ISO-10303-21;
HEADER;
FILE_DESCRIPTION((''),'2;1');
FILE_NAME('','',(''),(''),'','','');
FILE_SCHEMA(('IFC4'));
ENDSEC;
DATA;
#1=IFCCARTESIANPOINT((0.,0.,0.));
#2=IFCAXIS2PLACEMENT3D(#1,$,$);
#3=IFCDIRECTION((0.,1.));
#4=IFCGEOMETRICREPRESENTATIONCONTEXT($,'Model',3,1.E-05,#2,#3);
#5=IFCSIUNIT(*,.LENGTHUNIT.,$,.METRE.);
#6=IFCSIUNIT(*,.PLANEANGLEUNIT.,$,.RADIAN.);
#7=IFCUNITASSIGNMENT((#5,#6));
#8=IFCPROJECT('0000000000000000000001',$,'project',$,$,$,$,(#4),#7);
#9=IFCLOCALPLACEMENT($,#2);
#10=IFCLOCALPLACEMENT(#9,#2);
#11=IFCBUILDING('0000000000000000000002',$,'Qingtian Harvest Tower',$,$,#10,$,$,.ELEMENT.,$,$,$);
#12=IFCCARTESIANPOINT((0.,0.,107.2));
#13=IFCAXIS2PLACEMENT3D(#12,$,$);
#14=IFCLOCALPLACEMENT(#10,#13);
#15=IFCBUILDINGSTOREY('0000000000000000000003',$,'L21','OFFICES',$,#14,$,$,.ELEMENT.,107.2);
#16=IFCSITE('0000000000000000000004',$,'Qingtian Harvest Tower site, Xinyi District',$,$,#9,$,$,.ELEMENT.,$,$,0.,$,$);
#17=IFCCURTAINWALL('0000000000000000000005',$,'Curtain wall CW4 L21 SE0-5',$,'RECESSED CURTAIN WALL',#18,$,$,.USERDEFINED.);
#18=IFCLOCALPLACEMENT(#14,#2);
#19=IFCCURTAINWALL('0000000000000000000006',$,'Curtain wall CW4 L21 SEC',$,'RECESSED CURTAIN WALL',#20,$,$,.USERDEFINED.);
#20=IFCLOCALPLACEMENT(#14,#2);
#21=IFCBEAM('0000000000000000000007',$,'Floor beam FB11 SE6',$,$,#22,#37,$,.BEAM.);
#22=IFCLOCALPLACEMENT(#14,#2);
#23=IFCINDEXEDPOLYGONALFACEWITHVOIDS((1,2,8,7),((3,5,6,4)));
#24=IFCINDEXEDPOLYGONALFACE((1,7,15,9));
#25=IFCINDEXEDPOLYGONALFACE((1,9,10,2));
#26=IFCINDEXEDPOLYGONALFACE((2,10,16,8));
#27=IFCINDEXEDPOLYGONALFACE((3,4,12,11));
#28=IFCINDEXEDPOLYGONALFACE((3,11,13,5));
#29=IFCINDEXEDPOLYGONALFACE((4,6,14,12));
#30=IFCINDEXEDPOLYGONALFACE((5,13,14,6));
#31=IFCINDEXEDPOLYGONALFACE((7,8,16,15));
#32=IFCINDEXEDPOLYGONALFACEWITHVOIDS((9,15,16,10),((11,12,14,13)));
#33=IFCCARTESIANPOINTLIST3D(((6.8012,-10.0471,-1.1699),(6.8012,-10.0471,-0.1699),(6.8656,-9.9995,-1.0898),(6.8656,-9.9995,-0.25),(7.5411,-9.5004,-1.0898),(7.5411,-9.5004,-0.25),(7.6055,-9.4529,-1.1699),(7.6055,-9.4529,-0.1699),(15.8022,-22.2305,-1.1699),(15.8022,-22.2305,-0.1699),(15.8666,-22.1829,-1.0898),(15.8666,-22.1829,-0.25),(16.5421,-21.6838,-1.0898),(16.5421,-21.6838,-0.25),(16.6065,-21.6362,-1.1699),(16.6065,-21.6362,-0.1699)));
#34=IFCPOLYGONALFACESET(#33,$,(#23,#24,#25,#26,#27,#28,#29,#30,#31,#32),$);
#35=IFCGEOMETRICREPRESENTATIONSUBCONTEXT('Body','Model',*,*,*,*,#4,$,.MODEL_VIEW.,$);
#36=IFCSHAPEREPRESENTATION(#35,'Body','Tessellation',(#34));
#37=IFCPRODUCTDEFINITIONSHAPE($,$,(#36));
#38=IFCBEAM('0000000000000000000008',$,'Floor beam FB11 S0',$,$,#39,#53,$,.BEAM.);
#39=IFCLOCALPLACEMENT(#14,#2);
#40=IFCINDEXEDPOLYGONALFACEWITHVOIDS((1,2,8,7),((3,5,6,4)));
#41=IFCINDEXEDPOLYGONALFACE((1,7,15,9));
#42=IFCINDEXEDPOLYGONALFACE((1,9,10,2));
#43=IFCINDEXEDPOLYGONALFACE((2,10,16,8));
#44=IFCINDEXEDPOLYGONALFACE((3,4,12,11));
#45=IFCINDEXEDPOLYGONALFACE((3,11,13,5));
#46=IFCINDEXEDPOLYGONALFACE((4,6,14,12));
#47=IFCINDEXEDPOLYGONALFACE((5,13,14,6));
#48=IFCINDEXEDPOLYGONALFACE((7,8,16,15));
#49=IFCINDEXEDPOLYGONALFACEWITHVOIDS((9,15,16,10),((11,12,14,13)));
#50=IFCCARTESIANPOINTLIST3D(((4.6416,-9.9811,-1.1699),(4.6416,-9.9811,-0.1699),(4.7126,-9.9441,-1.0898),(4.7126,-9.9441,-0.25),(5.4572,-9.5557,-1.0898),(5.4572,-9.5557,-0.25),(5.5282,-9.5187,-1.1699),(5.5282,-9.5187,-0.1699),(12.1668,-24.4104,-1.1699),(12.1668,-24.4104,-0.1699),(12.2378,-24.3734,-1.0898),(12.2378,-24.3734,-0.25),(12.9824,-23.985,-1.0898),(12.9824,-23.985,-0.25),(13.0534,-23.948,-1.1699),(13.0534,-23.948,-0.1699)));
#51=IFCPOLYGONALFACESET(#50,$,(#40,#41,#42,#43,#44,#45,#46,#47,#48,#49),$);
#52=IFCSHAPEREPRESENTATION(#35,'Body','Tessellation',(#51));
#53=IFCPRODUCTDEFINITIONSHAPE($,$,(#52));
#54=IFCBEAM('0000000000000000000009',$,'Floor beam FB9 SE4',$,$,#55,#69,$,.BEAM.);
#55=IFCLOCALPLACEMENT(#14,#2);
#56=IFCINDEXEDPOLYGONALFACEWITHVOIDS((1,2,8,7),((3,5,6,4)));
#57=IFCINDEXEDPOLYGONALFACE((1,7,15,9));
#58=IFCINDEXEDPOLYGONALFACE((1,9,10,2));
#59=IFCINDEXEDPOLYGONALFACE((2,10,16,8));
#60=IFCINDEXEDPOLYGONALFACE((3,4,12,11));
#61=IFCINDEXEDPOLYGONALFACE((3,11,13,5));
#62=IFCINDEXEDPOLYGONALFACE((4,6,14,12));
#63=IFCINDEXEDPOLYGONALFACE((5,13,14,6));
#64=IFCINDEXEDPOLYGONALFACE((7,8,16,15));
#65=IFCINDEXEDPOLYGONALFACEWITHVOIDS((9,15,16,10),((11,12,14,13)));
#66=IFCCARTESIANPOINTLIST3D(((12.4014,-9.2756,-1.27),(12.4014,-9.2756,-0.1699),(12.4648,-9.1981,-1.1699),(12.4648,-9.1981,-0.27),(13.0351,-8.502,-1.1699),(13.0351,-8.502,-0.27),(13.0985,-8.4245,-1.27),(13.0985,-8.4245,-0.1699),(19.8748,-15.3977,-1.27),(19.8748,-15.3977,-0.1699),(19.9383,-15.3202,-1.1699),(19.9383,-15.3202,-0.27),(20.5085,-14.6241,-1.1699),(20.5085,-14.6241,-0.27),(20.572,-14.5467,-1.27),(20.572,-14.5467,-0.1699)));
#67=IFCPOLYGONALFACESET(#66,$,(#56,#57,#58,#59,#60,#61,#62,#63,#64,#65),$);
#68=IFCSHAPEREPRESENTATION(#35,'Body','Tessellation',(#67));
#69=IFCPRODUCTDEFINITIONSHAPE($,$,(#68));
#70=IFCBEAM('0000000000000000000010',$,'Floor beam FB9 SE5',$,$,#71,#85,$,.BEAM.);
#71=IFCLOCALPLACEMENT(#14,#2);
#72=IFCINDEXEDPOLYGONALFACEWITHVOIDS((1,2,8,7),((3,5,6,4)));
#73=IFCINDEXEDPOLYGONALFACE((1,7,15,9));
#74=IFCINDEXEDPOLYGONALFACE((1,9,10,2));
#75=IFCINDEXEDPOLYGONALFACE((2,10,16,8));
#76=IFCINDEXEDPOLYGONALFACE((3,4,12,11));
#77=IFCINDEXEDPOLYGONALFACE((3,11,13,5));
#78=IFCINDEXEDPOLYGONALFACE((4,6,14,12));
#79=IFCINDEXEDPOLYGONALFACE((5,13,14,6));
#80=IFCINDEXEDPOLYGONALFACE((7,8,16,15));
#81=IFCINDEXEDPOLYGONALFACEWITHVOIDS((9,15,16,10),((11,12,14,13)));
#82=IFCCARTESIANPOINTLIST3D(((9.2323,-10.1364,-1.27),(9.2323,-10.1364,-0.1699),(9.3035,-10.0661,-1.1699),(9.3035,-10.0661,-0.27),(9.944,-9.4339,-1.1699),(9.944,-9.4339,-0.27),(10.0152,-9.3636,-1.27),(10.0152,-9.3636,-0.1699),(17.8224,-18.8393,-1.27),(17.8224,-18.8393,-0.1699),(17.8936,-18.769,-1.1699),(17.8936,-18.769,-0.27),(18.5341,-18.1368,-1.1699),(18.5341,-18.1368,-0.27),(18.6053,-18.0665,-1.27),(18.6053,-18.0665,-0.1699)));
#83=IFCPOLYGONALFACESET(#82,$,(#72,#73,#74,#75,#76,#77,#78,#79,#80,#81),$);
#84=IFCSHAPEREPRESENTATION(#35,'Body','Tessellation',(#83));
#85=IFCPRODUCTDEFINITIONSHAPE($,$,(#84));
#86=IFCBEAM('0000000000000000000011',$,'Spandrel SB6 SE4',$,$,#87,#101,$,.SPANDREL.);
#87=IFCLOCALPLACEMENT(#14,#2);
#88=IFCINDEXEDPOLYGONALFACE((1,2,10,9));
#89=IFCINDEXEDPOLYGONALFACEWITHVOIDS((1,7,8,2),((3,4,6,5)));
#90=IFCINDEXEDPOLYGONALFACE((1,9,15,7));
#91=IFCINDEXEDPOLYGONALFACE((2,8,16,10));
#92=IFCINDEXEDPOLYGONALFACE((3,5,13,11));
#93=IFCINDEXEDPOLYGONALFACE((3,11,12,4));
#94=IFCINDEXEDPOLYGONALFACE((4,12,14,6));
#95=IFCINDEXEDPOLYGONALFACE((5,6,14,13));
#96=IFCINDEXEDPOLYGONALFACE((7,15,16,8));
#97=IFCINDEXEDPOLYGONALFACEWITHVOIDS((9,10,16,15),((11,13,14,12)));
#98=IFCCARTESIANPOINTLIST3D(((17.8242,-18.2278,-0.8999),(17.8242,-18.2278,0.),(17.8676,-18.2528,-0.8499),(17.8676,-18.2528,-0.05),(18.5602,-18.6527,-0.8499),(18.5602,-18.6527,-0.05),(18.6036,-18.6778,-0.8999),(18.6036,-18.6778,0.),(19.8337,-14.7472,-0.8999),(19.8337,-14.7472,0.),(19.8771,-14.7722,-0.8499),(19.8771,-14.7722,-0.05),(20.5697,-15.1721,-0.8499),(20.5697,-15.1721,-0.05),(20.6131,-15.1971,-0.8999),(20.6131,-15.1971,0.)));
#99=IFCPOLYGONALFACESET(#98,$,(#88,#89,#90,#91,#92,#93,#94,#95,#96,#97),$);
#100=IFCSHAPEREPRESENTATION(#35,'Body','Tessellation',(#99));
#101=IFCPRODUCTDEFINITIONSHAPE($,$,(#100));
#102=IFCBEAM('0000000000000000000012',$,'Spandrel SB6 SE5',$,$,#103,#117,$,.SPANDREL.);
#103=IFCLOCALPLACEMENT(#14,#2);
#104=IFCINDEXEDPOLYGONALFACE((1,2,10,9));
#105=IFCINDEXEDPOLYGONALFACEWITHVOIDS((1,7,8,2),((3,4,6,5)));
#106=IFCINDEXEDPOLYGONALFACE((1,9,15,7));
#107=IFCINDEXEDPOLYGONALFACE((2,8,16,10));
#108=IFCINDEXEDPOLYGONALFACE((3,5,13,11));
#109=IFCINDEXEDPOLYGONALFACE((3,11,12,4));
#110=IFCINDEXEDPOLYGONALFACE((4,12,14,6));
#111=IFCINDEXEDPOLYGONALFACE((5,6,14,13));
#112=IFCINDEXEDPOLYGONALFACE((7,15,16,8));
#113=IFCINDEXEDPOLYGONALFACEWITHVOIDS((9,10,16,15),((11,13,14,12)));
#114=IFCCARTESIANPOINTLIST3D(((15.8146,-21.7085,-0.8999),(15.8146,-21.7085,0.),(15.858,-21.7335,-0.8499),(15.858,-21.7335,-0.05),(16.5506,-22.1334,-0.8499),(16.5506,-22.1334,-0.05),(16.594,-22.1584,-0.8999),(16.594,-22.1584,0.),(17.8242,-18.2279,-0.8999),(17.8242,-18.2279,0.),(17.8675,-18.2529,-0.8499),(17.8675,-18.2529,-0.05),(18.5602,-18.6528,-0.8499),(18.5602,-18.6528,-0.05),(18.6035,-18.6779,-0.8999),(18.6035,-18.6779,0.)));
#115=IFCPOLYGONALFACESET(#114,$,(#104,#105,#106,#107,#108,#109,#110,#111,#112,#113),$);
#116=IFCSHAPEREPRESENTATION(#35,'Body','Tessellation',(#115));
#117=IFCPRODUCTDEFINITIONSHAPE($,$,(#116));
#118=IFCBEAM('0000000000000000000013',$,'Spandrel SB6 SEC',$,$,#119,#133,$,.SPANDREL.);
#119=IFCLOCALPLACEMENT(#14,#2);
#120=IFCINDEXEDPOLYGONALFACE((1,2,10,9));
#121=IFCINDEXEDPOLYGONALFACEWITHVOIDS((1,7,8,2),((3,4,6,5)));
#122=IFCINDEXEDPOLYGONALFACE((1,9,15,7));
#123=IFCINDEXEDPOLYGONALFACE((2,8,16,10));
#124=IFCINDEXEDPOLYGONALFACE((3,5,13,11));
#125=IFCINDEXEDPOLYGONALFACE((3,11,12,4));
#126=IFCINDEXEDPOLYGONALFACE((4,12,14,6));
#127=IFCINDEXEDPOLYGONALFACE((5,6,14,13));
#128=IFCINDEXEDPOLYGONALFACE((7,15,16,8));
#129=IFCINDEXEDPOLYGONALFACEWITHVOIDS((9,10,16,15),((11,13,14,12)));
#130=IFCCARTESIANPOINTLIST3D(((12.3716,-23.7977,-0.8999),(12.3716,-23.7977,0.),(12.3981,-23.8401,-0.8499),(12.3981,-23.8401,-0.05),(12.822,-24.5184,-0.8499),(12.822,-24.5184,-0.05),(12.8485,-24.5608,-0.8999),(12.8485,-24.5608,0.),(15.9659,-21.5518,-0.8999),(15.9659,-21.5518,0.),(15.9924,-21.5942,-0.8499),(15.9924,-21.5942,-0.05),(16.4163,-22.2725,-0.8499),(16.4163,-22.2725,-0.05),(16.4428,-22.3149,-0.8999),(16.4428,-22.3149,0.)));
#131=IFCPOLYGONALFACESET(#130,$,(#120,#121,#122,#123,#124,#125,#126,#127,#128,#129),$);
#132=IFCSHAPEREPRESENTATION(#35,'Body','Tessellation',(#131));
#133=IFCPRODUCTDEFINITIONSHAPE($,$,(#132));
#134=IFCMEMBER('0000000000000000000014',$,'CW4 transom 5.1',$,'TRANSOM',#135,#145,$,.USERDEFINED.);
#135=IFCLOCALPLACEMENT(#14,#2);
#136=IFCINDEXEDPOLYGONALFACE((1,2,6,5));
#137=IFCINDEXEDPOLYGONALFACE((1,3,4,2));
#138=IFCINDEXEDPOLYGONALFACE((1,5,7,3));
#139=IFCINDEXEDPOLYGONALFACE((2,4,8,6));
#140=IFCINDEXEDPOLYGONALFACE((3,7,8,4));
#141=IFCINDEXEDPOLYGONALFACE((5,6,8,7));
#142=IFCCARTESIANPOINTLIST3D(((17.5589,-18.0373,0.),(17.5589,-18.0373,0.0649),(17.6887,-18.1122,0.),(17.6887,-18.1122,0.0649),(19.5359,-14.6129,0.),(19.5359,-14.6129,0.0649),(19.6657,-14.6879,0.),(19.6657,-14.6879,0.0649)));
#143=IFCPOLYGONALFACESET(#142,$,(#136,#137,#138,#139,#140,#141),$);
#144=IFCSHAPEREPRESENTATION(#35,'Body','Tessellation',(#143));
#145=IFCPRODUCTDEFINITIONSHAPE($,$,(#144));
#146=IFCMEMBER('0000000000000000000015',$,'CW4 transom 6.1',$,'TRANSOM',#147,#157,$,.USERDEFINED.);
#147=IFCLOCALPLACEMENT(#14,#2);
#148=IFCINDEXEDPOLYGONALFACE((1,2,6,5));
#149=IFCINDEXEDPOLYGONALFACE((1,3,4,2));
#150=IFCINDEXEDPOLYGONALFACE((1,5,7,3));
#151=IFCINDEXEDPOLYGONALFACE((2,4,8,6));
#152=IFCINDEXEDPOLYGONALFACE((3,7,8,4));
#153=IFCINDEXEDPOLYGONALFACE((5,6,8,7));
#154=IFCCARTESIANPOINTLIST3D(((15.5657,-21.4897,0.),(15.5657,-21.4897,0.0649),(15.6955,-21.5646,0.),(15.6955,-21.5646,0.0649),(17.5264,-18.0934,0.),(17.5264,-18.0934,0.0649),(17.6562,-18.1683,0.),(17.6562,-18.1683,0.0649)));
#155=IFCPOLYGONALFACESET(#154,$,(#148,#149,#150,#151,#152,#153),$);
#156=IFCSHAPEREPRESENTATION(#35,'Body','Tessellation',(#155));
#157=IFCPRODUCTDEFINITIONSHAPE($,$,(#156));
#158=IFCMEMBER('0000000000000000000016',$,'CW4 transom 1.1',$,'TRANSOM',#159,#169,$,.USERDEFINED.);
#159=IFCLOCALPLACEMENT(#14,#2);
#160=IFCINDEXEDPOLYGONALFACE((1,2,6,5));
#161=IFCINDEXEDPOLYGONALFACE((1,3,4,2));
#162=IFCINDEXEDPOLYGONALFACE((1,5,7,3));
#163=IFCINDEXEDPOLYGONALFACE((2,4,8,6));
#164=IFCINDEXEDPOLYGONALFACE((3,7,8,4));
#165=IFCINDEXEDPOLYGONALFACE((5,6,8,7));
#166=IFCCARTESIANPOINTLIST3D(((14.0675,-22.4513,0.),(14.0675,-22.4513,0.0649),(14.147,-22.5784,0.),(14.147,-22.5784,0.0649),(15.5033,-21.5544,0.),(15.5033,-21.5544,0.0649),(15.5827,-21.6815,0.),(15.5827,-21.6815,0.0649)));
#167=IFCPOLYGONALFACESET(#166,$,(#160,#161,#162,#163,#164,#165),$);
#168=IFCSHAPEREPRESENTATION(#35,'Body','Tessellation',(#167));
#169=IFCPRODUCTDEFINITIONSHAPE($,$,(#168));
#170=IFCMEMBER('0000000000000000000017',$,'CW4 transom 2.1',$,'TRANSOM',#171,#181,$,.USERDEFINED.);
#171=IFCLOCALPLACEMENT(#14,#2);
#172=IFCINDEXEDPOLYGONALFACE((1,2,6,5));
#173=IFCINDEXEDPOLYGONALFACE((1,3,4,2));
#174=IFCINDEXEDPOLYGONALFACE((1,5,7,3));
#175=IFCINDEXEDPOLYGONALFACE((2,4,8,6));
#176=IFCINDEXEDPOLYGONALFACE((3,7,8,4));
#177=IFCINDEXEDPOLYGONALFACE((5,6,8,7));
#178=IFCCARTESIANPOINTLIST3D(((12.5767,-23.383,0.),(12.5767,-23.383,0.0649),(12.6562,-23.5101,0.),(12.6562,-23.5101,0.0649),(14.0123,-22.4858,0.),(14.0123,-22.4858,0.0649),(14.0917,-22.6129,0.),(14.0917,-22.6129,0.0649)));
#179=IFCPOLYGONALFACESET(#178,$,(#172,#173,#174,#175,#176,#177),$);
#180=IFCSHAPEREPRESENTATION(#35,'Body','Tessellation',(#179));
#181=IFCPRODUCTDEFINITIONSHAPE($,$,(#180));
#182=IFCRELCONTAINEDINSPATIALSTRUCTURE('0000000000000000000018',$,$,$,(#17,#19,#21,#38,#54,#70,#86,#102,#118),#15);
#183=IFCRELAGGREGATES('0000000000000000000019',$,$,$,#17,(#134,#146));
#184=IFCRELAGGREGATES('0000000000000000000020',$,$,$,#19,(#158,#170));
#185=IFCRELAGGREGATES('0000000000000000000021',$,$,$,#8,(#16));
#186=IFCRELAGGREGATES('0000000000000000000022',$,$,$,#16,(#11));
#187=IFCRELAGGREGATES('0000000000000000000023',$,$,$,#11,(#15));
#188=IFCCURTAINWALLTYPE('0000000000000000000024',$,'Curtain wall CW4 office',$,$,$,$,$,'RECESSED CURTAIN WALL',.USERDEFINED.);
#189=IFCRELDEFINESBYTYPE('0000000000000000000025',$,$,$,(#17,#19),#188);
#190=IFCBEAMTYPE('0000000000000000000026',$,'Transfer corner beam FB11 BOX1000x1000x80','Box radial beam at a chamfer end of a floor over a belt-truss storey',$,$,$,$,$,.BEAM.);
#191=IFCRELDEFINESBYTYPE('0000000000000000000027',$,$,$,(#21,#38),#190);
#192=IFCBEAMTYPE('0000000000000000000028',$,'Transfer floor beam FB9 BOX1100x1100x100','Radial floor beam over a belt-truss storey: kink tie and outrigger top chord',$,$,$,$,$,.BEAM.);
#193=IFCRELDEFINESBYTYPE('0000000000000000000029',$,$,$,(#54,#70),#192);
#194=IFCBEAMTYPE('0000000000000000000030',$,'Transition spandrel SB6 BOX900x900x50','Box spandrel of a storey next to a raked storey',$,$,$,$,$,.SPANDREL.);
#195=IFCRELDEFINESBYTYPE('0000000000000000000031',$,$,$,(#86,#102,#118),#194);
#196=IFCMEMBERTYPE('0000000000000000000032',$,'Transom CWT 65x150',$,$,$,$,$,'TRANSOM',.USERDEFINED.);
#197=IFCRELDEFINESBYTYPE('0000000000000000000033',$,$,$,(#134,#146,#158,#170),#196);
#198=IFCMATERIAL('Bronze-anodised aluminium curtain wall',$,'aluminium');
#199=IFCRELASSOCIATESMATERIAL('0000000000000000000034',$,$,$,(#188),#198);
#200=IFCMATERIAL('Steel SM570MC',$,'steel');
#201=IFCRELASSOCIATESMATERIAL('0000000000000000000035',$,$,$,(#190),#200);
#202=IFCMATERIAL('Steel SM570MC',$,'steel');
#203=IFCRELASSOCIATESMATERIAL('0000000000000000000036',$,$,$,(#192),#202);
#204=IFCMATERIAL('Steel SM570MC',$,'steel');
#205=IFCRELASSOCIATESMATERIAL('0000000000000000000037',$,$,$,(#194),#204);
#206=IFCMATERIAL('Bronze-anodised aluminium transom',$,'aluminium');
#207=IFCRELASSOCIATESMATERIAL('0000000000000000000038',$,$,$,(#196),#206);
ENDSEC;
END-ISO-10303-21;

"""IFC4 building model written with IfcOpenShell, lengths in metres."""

from ifc_helpers import new_model, si_unit, direction, frame, origin, origin_2d, place, context, subcontext, project, spatial, rectangle, hollow_rectangle, extrude, material, material_profile, profile_set, type_object, element, aggregate, save


model = new_model("IFC4")

# Units and contexts
model_context = context("Model", 3, precision=1e-05, world=origin(), true_north=direction((0.0, 1.0)))
body_context = subcontext(model_context, "Body", "Model", "MODEL_VIEW")
ifc_project = project(units=[si_unit("LENGTHUNIT", "METRE"), si_unit("PLANEANGLEUNIT", "RADIAN")], contexts=[model_context])

# Site, building, storey
site_placement = place(None, origin())
site = spatial("IfcSite", under=ifc_project, at=site_placement, Name="Qingtian Harvest Tower site, Xinyi District", CompositionType="ELEMENT", RefElevation=0.0)
building_placement = place(site_placement, origin())
building = spatial("IfcBuilding", under=site, at=building_placement, Name="Qingtian Harvest Tower", CompositionType="ELEMENT")
storey_placement = place(building_placement, frame((0.0, 0.0, 107.2)))
storey = spatial("IfcBuildingStorey", under=building, at=storey_placement, Name="L21", Description="OFFICES", CompositionType="ELEMENT", Elevation=107.2)

# Curtain walls
ifc_material_1 = material(Name="Bronze-anodised aluminium curtain wall", Category="aluminium")
curtain_wall_type = type_object("IfcCurtainWallType", Name="Curtain wall CW4 office", ElementType="RECESSED CURTAIN WALL", PredefinedType="USERDEFINED", material=ifc_material_1)
curtain_wall_1_placement = place(storey_placement, origin())
curtain_wall_1 = element("IfcCurtainWall", 1, at=curtain_wall_1_placement, inside=storey, type_object=curtain_wall_type, Name="Curtain wall CW4 L21 SE0-5", ObjectType="RECESSED CURTAIN WALL", PredefinedType="USERDEFINED")
curtain_wall_2_placement = place(storey_placement, origin())
curtain_wall_2 = element("IfcCurtainWall", 2, at=curtain_wall_2_placement, inside=storey, type_object=curtain_wall_type, Name="Curtain wall CW4 L21 SEC", ObjectType="RECESSED CURTAIN WALL", PredefinedType="USERDEFINED")

# Beams
ifc_material_2 = material(Name="Steel SM570MC", Category="steel")
ifc_material_profile_1 = material_profile(ifc_material_2, hollow_rectangle(XDim=1.0, YDim=1.0, WallThickness=0.0801, at=origin_2d()), Name="BOX1000x1000x80")
ifc_profile_set_1 = profile_set([ifc_material_profile_1], Name="Steel SM570MC")
beam_type_1 = type_object("IfcBeamType", Name="Transfer corner beam FB11 BOX1000x1000x80", Description="Box radial beam at a chamfer end of a floor over a belt-truss storey", PredefinedType="BEAM", material=ifc_profile_set_1)
beam_1_placement = place(storey_placement, frame((16.2043, -21.9333, -0.6699), z_axis=(-0.594216, 0.804306, 0.0), x_axis=(-0.804306, -0.594216, 0.0)))
element("IfcBeam", 3, at=beam_1_placement, inside=storey, type_object=beam_type_1, Name="Floor beam FB11 SE6", PredefinedType="BEAM", context=body_context, shape_type="SweptSolid", body=[
    extrude(hollow_rectangle(XDim=1.0, YDim=1.0, WallThickness=0.0801, at=origin_2d()), origin(), (0.0, 0.0, 1.0), 15.1477),
])
beam_2_placement = place(storey_placement, frame((12.6101, -24.1792, -0.6699), z_axis=(-0.462415, 0.886664, 0.0), x_axis=(-0.886664, -0.462415, 0.0)))
element("IfcBeam", 4, at=beam_2_placement, inside=storey, type_object=beam_type_1, Name="Floor beam FB11 S0", PredefinedType="BEAM", context=body_context, shape_type="SweptSolid", body=[
    extrude(hollow_rectangle(XDim=1.0, YDim=1.0, WallThickness=0.0801, at=origin_2d()), origin(), (0.0, 0.0, 1.0), 16.2737),
])
ifc_material_3 = material(Name="Steel SM570MC", Category="steel")
ifc_material_profile_2 = material_profile(ifc_material_3, hollow_rectangle(XDim=1.1001, YDim=1.1001, WallThickness=0.1001, at=origin_2d()), Name="BOX1100x1100x100")
ifc_profile_set_2 = profile_set([ifc_material_profile_2], Name="Steel SM570MC")
beam_type_2 = type_object("IfcBeamType", Name="Transfer floor beam FB9 BOX1100x1100x100", Description="Radial floor beam over a belt-truss storey: kink tie and outrigger top chord", PredefinedType="BEAM", material=ifc_profile_set_2)
beam_3_placement = place(storey_placement, frame((20.2234, -14.9722, -0.72), z_axis=(-0.773578, 0.633701, 0.0), x_axis=(-0.633701, -0.773578, 0.0)))
element("IfcBeam", 5, at=beam_3_placement, inside=storey, type_object=beam_type_2, Name="Floor beam FB9 SE4", PredefinedType="BEAM", context=body_context, shape_type="SweptSolid", body=[
    extrude(hollow_rectangle(XDim=1.1001, YDim=1.1001, WallThickness=0.1001, at=origin_2d()), origin(), (0.0, 0.0, 1.0), 9.6609),
])
beam_4_placement = place(storey_placement, frame((18.2139, -18.4529, -0.72), z_axis=(-0.70248, 0.711704, 0.0), x_axis=(-0.711704, -0.70248, 0.0)))
element("IfcBeam", 6, at=beam_4_placement, inside=storey, type_object=beam_type_2, Name="Floor beam FB9 SE5", PredefinedType="BEAM", context=body_context, shape_type="SweptSolid", body=[
    extrude(hollow_rectangle(XDim=1.1001, YDim=1.1001, WallThickness=0.1001, at=origin_2d()), origin(), (0.0, 0.0, 1.0), 12.2283),
])
ifc_material_4 = material(Name="Steel SM570MC", Category="steel")
ifc_material_profile_3 = material_profile(ifc_material_4, hollow_rectangle(XDim=0.8999, YDim=0.8999, WallThickness=0.05, at=origin_2d()), Name="BOX900x900x50")
ifc_profile_set_3 = profile_set([ifc_material_profile_3], Name="Steel SM570MC")
beam_type_3 = type_object("IfcBeamType", Name="Transition spandrel SB6 BOX900x900x50", Description="Box spandrel of a storey next to a raked storey", PredefinedType="SPANDREL", material=ifc_profile_set_3)
for number, where, z_axis, x_axis, name in (
    (7, (20.2234, -14.9722, -0.45), (-0.499987, -0.866033, 0.0), (0.866033, -0.499987, 0.0), "Spandrel SB6 SE4"),
    (8, (18.2139, -18.4529, -0.45), (-0.500013, -0.866018, 0.0), (0.866018, -0.500013, 0.0), "Spandrel SB6 SE5"),
):
    element("IfcBeam", number, at=place(storey_placement, frame(where, z_axis=z_axis, x_axis=x_axis)), inside=storey, type_object=beam_type_3, Name=name, PredefinedType="SPANDREL", context=body_context, shape_type="SweptSolid", body=[
        extrude(hollow_rectangle(XDim=0.8999, YDim=0.8999, WallThickness=0.05, at=origin_2d()), origin(), (0.0, 0.0, 1.0), 4.019),
    ])
beam_5_placement = place(storey_placement, frame((16.2043, -21.9333, -0.45), z_axis=(-0.848057, -0.529906, 0.0), x_axis=(0.529906, -0.848057, 0.0)))
element("IfcBeam", 9, at=beam_5_placement, inside=storey, type_object=beam_type_3, Name="Spandrel SB6 SEC", PredefinedType="SPANDREL", context=body_context, shape_type="SweptSolid", body=[
    extrude(hollow_rectangle(XDim=0.8999, YDim=0.8999, WallThickness=0.05, at=origin_2d()), origin(), (0.0, 0.0, 1.0), 4.2383),
])

# Members
ifc_material_5 = material(Name="Bronze-anodised aluminium transom", Category="aluminium")
ifc_material_profile_4 = material_profile(ifc_material_5, rectangle(XDim=0.1499, YDim=0.0649, at=origin_2d()), Name="AL 65x150")
ifc_profile_set_4 = profile_set([ifc_material_profile_4], Name="Bronze-anodised aluminium transom")
member_type_1 = type_object("IfcMemberType", Name="Transom CWT 65x150", ElementType="TRANSOM", PredefinedType="USERDEFINED", material=ifc_profile_set_4)
member_1_placement = place(storey_placement, frame((19.6008, -14.6504, 0.0325), z_axis=(-0.500004, -0.866023, 0.0), x_axis=(0.866023, -0.500004, 0.0)))
member_1 = element("IfcMember", 10, at=member_1_placement, type_object=member_type_1, Name="CW4 transom 5.1", ObjectType="TRANSOM", PredefinedType="USERDEFINED", context=body_context, shape_type="SweptSolid", body=[
    extrude(rectangle(XDim=0.1499, YDim=0.0649, at=origin_2d()), origin(), (0.0, 0.0, 1.0), 3.9541),
])
member_2_placement = place(storey_placement, frame((17.5913, -18.1309, 0.0325), z_axis=(-0.499976, -0.866039, 0.0), x_axis=(0.866039, -0.499976, 0.0)))
member_2 = element("IfcMember", 11, at=member_2_placement, type_object=member_type_1, Name="CW4 transom 6.1", ObjectType="TRANSOM", PredefinedType="USERDEFINED", context=body_context, shape_type="SweptSolid", body=[
    extrude(rectangle(XDim=0.1499, YDim=0.0649, at=origin_2d()), origin(), (0.0, 0.0, 1.0), 3.9216),
])
member_3_placement = place(storey_placement, frame((15.543, -21.6179, 0.0325), z_axis=(-0.848104, -0.52983, 0.0), x_axis=(0.52983, -0.848104, 0.0)))
member_3 = element("IfcMember", 12, at=member_3_placement, type_object=member_type_1, Name="CW4 transom 1.1", ObjectType="TRANSOM", PredefinedType="USERDEFINED", context=body_context, shape_type="SweptSolid", body=[
    extrude(rectangle(XDim=0.1499, YDim=0.0649, at=origin_2d()), origin(), (0.0, 0.0, 1.0), 1.6929),
])
member_4_placement = place(storey_placement, frame((14.052, -22.5493, 0.0325), z_axis=(-0.847998, -0.529999, 0.0), x_axis=(0.529999, -0.847998, 0.0)))
member_4 = element("IfcMember", 13, at=member_4_placement, type_object=member_type_1, Name="CW4 transom 2.1", ObjectType="TRANSOM", PredefinedType="USERDEFINED", context=body_context, shape_type="SweptSolid", body=[
    extrude(rectangle(XDim=0.1499, YDim=0.0649, at=origin_2d()), origin(), (0.0, 0.0, 1.0), 1.6929),
])

aggregate(curtain_wall_1, [member_1, member_2])
aggregate(curtain_wall_2, [member_3, member_4])

save(model, "model.ifc")
